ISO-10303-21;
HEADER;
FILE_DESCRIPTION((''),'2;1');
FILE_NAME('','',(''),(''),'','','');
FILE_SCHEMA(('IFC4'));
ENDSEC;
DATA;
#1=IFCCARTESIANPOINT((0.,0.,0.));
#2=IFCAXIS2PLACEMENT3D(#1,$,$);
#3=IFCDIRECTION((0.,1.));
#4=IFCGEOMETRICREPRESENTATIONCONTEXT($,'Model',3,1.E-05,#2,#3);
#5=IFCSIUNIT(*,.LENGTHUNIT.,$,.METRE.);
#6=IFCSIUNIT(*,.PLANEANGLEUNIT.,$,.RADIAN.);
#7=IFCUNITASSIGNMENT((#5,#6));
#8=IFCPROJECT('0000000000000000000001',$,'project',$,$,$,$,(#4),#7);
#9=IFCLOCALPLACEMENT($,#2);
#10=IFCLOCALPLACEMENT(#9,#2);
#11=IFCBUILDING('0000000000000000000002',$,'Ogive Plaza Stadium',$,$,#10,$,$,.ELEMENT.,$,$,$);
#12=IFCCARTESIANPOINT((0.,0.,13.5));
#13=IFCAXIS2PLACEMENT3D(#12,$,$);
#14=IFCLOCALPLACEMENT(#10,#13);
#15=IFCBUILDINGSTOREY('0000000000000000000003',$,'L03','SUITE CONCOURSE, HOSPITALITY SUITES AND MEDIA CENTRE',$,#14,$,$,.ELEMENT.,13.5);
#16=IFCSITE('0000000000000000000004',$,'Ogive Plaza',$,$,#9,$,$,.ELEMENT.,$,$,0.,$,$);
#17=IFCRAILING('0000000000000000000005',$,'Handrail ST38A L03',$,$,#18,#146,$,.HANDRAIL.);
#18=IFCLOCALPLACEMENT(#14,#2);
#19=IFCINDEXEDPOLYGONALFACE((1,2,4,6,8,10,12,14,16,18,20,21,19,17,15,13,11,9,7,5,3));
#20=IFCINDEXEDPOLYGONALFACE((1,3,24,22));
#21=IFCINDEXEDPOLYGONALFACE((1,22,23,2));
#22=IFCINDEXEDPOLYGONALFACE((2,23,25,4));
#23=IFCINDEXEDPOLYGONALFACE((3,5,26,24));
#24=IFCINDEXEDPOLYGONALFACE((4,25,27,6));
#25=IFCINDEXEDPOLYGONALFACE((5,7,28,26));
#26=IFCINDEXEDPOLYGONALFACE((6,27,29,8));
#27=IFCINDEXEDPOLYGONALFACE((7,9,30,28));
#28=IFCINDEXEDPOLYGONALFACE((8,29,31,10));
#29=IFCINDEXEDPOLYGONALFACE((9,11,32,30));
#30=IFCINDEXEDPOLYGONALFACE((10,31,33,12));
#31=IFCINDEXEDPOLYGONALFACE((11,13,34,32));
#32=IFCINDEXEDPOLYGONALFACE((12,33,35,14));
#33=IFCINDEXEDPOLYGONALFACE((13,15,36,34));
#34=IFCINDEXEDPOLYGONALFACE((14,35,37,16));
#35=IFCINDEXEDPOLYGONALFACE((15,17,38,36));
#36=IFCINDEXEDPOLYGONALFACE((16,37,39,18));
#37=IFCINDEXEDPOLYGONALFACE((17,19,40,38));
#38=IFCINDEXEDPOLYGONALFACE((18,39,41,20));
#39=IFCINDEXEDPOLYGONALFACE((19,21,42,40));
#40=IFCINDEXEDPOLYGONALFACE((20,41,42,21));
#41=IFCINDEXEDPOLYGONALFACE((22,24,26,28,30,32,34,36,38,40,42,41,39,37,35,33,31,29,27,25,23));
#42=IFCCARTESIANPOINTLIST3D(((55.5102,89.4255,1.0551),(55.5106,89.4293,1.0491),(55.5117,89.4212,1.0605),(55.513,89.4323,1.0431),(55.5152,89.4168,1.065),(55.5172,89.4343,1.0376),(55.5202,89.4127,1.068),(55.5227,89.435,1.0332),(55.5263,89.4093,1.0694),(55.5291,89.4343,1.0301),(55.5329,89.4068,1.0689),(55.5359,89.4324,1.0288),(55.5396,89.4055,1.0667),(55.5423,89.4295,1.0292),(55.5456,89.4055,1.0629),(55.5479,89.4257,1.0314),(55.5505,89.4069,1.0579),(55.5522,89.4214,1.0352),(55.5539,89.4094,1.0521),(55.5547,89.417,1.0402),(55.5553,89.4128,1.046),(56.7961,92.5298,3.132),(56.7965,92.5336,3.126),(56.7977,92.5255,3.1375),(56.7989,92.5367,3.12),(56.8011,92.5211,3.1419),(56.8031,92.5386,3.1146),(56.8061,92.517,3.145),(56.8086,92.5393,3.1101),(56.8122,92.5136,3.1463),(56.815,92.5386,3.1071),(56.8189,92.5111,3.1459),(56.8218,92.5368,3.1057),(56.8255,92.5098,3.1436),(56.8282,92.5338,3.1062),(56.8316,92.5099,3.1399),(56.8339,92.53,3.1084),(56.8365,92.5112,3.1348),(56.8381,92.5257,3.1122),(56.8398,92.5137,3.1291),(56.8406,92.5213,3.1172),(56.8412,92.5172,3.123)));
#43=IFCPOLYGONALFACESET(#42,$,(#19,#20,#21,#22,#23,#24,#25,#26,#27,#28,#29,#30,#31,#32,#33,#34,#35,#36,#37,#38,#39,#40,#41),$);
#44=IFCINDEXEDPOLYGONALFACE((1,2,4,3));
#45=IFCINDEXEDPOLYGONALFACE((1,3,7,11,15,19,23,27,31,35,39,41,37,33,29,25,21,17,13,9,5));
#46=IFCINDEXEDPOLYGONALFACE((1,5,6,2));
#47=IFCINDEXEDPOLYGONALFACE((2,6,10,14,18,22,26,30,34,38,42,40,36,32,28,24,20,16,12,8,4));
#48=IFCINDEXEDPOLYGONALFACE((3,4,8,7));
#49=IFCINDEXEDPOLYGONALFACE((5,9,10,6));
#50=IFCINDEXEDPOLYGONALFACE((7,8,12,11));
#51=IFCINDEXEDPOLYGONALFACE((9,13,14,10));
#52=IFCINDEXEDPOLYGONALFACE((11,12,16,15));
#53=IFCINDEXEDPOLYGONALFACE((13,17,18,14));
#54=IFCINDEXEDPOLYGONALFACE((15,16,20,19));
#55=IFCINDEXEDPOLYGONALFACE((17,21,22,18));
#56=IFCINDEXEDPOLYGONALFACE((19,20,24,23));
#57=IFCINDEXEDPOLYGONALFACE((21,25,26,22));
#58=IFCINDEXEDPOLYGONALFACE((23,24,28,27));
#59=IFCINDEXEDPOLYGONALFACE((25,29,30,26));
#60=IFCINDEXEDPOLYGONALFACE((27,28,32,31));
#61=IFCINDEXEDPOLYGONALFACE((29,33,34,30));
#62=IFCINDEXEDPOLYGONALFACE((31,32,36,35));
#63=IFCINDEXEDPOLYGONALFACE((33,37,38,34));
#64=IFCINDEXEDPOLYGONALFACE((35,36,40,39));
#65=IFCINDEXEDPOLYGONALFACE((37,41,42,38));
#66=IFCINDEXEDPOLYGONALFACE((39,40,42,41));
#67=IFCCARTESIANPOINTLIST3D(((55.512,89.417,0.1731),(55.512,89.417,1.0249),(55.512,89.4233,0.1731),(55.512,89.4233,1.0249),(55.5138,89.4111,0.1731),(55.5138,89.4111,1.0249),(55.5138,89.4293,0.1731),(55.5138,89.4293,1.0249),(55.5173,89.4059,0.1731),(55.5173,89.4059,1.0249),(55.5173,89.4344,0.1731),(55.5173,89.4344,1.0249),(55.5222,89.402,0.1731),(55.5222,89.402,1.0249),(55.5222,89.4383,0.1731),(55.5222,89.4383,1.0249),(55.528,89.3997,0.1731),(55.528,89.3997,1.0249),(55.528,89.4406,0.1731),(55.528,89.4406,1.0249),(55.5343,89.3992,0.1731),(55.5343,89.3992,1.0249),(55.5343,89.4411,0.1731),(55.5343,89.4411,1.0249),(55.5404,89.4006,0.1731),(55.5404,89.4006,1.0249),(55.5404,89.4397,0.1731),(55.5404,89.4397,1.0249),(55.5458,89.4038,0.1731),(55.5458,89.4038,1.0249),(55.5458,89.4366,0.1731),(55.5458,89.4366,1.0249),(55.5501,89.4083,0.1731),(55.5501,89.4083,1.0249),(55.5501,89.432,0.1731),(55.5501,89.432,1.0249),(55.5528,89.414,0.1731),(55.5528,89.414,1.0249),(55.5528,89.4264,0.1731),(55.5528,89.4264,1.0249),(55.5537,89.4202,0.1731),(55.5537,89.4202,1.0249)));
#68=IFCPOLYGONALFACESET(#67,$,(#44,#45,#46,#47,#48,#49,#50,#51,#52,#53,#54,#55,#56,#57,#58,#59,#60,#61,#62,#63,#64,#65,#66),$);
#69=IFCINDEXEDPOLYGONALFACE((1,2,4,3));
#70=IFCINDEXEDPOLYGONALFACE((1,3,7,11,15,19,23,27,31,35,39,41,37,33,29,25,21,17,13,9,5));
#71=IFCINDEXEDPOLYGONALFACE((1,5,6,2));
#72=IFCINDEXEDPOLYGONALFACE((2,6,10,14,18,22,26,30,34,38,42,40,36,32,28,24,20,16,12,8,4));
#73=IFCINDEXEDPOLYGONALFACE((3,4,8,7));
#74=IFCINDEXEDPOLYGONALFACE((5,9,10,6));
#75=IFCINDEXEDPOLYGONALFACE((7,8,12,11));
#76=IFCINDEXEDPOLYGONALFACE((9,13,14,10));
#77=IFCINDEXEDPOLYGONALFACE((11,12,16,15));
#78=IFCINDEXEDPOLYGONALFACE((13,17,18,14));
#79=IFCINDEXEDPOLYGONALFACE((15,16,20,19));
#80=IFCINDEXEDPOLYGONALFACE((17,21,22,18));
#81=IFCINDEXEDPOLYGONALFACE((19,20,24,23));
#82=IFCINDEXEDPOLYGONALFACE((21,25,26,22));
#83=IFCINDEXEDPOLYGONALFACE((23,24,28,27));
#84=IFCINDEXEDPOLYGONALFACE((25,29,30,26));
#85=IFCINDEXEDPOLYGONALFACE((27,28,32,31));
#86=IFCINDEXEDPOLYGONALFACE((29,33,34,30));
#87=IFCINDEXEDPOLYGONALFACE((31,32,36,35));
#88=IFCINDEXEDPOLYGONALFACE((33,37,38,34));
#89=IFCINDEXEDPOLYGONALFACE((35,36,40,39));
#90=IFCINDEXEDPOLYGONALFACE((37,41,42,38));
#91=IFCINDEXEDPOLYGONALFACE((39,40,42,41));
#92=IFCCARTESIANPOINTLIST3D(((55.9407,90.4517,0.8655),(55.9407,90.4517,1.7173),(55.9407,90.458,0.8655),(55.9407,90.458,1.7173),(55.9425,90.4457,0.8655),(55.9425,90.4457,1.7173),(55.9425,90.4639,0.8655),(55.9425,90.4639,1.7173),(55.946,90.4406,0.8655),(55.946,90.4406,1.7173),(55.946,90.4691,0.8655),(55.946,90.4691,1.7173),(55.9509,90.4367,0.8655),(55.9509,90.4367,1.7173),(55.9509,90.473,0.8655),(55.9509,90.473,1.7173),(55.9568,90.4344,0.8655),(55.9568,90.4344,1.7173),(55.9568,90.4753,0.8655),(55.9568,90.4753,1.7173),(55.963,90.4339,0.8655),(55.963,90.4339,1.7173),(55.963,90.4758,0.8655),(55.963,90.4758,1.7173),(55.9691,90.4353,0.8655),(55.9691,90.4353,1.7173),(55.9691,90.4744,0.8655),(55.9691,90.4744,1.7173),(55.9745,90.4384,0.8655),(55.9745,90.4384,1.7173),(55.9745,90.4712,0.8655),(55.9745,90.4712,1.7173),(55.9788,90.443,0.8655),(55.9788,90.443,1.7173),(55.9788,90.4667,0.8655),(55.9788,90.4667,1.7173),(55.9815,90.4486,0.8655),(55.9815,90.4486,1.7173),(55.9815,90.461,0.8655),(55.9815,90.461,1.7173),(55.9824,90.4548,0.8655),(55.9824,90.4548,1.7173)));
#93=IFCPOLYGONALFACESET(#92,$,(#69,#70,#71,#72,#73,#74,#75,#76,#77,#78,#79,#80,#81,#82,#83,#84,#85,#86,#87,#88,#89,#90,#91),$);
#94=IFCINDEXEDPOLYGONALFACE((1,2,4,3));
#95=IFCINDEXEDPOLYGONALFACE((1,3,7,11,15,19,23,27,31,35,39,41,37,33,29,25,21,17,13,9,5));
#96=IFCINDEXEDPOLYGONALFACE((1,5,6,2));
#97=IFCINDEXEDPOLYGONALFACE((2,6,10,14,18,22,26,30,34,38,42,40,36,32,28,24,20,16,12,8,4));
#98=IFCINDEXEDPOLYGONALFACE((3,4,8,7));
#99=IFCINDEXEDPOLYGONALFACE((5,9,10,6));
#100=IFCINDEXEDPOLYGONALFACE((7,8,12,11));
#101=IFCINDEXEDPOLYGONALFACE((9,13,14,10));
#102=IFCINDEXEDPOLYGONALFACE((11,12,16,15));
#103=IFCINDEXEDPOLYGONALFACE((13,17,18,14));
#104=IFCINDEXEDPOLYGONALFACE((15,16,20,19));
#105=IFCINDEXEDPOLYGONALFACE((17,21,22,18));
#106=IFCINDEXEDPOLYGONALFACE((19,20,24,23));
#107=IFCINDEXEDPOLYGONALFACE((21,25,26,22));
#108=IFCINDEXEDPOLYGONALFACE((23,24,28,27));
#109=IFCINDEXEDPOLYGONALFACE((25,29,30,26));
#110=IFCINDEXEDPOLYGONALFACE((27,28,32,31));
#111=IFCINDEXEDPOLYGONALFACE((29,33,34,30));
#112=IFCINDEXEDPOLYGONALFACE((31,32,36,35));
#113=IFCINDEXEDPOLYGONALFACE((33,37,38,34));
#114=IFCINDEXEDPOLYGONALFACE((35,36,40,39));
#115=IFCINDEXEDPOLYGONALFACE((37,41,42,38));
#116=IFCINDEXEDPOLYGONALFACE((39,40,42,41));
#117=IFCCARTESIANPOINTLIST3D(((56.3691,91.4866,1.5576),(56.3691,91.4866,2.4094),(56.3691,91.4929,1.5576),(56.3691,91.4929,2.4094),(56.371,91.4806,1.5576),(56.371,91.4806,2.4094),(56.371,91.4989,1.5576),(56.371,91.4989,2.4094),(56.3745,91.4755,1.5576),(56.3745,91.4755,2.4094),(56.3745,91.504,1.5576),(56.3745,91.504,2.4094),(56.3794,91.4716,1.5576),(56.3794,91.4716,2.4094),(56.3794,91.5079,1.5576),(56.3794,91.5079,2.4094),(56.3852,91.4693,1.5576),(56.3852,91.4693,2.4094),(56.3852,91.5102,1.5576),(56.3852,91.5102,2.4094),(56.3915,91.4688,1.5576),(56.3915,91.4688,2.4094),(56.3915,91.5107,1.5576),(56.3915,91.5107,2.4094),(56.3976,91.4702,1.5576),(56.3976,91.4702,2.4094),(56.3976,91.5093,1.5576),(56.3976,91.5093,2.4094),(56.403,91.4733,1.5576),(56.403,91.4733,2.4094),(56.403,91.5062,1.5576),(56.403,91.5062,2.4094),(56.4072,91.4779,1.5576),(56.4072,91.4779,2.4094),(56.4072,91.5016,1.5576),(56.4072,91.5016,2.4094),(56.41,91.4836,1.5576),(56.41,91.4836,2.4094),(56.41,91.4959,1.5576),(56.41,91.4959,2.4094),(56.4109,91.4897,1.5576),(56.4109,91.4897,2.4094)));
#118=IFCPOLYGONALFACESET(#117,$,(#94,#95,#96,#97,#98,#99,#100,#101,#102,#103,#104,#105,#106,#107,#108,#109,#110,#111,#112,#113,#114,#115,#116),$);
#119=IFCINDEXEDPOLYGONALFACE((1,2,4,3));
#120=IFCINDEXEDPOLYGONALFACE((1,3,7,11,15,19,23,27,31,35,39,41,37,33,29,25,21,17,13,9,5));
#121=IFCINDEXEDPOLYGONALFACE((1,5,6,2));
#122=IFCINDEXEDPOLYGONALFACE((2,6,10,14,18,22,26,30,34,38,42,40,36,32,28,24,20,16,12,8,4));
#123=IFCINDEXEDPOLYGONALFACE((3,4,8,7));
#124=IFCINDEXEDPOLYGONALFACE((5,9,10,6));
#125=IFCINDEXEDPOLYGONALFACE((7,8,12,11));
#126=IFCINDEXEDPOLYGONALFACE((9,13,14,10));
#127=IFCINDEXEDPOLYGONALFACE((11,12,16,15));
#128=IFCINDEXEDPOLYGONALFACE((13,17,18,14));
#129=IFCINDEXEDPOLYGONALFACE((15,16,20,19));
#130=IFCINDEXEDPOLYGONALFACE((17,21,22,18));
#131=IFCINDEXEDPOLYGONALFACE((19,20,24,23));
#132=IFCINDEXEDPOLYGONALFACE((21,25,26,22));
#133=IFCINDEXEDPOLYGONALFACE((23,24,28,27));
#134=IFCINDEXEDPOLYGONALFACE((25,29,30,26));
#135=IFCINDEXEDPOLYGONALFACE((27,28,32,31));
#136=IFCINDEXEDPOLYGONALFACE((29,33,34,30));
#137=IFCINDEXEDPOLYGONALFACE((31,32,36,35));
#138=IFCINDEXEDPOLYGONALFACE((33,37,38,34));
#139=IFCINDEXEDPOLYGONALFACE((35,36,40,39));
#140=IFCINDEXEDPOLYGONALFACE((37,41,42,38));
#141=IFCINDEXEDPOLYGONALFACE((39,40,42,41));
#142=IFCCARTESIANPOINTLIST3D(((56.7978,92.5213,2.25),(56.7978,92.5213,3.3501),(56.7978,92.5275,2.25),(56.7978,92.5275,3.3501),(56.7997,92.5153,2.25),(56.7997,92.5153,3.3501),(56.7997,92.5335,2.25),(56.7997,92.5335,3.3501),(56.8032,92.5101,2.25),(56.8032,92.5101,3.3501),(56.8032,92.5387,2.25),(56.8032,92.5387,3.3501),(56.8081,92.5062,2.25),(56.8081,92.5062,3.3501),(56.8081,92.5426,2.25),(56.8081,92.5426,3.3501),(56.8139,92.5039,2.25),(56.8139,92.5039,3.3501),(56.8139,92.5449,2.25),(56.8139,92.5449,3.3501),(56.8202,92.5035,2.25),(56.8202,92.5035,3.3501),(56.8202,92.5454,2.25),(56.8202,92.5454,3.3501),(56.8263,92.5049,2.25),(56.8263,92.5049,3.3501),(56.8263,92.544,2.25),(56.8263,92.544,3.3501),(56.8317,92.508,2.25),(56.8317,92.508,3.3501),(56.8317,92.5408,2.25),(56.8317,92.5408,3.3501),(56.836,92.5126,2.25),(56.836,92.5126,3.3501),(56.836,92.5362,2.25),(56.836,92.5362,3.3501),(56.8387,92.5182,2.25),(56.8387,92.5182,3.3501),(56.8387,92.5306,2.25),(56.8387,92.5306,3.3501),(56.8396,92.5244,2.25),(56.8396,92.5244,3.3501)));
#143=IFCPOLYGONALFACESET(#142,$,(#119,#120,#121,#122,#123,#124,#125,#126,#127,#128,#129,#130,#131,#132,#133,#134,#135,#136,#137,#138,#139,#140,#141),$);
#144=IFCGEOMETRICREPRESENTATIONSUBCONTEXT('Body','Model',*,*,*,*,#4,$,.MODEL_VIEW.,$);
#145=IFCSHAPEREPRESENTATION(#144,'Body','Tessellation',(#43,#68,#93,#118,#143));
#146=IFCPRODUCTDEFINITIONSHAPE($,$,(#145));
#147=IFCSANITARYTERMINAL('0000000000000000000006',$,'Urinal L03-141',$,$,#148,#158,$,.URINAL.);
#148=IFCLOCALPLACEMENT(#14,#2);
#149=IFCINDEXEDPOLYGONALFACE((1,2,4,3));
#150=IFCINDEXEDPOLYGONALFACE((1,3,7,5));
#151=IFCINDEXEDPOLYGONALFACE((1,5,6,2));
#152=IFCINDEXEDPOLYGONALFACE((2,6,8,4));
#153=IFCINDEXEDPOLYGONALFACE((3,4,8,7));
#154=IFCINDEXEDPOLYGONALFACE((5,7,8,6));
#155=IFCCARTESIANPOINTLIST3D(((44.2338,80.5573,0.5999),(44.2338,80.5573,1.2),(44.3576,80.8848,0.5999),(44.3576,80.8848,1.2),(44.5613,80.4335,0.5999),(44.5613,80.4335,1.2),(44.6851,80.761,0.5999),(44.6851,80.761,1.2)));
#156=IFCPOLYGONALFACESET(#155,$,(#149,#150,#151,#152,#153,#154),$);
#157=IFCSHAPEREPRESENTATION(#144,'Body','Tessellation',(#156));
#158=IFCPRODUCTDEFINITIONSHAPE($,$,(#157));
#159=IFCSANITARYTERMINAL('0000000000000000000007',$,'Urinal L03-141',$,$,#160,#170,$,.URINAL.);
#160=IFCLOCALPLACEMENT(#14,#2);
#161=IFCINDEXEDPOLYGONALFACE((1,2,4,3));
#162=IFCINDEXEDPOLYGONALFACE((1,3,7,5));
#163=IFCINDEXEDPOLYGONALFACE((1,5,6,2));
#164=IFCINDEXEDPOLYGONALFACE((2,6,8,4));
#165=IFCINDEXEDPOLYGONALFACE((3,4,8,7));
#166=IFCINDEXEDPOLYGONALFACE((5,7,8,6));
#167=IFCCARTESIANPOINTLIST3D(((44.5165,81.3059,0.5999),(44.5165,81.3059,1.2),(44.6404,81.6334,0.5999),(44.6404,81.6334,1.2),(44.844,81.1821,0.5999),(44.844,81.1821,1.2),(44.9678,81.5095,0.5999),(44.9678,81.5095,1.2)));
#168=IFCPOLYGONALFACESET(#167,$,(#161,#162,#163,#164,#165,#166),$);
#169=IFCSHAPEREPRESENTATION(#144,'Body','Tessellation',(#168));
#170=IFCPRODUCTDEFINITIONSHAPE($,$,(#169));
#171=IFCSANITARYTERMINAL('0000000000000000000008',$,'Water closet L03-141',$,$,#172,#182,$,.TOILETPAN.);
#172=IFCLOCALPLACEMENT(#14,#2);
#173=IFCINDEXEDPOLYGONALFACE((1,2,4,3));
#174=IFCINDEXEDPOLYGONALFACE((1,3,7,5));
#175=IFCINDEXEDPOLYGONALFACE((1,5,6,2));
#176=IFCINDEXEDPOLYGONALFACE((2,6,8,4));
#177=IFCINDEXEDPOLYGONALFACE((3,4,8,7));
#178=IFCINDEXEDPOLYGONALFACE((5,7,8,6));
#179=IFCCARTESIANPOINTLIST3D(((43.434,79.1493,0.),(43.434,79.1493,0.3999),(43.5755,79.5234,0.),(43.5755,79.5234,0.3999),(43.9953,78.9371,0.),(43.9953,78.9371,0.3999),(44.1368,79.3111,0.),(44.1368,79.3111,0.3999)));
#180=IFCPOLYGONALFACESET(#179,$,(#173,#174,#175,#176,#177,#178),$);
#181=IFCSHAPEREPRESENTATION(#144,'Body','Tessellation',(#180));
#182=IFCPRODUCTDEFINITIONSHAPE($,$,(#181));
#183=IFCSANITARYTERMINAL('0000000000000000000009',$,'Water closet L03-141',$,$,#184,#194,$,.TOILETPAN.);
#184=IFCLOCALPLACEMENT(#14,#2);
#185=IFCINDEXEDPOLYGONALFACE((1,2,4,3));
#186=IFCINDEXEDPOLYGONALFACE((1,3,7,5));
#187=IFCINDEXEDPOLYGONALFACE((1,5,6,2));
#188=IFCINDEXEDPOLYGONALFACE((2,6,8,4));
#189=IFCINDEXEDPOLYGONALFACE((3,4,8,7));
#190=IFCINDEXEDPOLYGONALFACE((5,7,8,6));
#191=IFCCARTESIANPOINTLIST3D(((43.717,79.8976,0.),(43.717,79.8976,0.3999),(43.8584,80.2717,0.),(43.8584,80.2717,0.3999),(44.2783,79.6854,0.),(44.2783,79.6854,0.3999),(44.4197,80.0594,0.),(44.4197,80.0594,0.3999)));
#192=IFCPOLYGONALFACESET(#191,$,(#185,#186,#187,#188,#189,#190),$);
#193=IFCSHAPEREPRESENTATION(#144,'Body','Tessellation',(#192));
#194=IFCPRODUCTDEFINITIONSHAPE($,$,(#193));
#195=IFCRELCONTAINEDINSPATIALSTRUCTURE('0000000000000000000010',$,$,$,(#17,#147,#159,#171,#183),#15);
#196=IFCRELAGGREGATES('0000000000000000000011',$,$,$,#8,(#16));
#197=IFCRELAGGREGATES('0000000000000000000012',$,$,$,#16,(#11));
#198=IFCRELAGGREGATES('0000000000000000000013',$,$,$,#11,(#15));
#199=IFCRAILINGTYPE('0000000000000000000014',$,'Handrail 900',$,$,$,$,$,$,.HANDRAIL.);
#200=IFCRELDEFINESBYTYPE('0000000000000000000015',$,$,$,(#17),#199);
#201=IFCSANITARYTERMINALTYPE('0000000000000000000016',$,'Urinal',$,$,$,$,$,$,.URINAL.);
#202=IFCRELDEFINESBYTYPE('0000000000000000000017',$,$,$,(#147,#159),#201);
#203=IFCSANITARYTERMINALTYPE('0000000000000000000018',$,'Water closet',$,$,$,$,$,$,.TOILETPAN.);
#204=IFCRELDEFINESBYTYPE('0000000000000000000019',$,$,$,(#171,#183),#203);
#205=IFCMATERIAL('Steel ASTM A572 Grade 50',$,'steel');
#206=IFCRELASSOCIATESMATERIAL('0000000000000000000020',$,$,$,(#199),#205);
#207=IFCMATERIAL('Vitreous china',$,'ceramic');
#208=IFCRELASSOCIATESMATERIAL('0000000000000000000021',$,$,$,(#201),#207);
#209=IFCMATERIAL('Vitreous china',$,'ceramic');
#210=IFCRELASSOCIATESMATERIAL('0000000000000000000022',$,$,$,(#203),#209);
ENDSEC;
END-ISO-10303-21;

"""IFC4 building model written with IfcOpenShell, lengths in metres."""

from ifc_helpers import new_model, si_unit, direction, frame, origin, origin_2d, place, context, subcontext, project, spatial, rectangle, circle, extrude, material, type_object, element, save


model = new_model("IFC4")

# Units and contexts
model_context = context("Model", 3, precision=1e-05, world=origin(), true_north=direction((0.0, 1.0)))
body_context = subcontext(model_context, "Body", "Model", "MODEL_VIEW")
ifc_project = project(units=[si_unit("LENGTHUNIT", "METRE"), si_unit("PLANEANGLEUNIT", "RADIAN")], contexts=[model_context])

# Site, building, storey
site_placement = place(None, origin())
site = spatial("IfcSite", under=ifc_project, at=site_placement, Name="Ogive Plaza", CompositionType="ELEMENT", RefElevation=0.0)
building_placement = place(site_placement, origin())
building = spatial("IfcBuilding", under=site, at=building_placement, Name="Ogive Plaza Stadium", CompositionType="ELEMENT")
storey_placement = place(building_placement, frame((0.0, 0.0, 13.5)))
storey = spatial("IfcBuildingStorey", under=building, at=storey_placement, Name="L03", Description="SUITE CONCOURSE, HOSPITALITY SUITES AND MEDIA CENTRE", CompositionType="ELEMENT", Elevation=13.5)

# Railing
ifc_material_1 = material(Name="Steel ASTM A572 Grade 50", Category="steel")
railing_type = type_object("IfcRailingType", Name="Handrail 900", PredefinedType="HANDRAIL", material=ifc_material_1)
railing_placement = place(storey_placement, frame((55.5327, 89.4202, 0.1731)))
element("IfcRailing", 1, at=railing_placement, inside=storey, type_object=railing_type, Name="Handrail ST38A L03", PredefinedType="HANDRAIL", context=body_context, shape_type="SweptSolid", body=[
    extrude(circle(Radius=0.0239, at=origin_2d()), frame((0.0, 0.0, 0.876), z_axis=(0.325532, 0.785863, 0.525783), x_axis=(-0.923872, 0.3827, 0.0)), (0.0, 0.0, 1.0), 3.9502),
    extrude(circle(Radius=0.021, at=origin_2d()), origin(), (0.0, 0.0, 1.0), 0.8518),
    extrude(circle(Radius=0.021, at=origin_2d()), frame((0.4287, 1.0347, 0.6924)), (0.0, 0.0, 1.0), 0.8518),
    extrude(circle(Radius=0.021, at=origin_2d()), frame((0.8572, 2.0696, 1.3845)), (0.0, 0.0, 1.0), 0.8518),
    extrude(circle(Radius=0.021, at=origin_2d()), frame((1.2859, 3.1042, 2.0769)), (0.0, 0.0, 1.0), 1.1001),
])

# Sanitary terminals
ifc_material_2 = material(Name="Vitreous china", Category="ceramic")
sanitary_terminal_type_1 = type_object("IfcSanitaryTerminalType", Name="Urinal", PredefinedType="URINAL", material=ifc_material_2)
for number, where, z_axis, x_axis, name in (
    (2, (44.4595, 80.6592, 0.5999), (0.0, 0.0, 1.0), (0.353648, 0.935379, 0.0), "Urinal L03-141"),
    (3, (44.7422, 81.4077, 0.5999), (0.0, 0.0, 1.0), (0.353648, 0.935379, 0.0), "Urinal L03-141"),
):
    element("IfcSanitaryTerminal", number, at=place(storey_placement, frame(where, z_axis=z_axis, x_axis=x_axis)), inside=storey, type_object=sanitary_terminal_type_1, Name=name, PredefinedType="URINAL", context=body_context, shape_type="SweptSolid", body=[
        extrude(rectangle(XDim=0.3501, YDim=0.3501, at=origin_2d()), origin(), (0.0, 0.0, 1.0), 0.6001),
    ])
ifc_material_3 = material(Name="Vitreous china", Category="ceramic")
sanitary_terminal_type_2 = type_object("IfcSanitaryTerminalType", Name="Water closet", PredefinedType="TOILETPAN", material=ifc_material_3)
for number, where, z_axis, x_axis, name in (
    (4, (43.7854, 79.2302, 0.0), (0.0, 0.0, 1.0), (0.353648, 0.935379, 0.0), "Water closet L03-141"),
    (5, (44.0684, 79.9785, 0.0), (0.0, 0.0, 1.0), (0.353648, 0.935379, 0.0), "Water closet L03-141"),
):
    element("IfcSanitaryTerminal", number, at=place(storey_placement, frame(where, z_axis=z_axis, x_axis=x_axis)), inside=storey, type_object=sanitary_terminal_type_2, Name=name, PredefinedType="TOILETPAN", context=body_context, shape_type="SweptSolid", body=[
        extrude(rectangle(XDim=0.3999, YDim=0.6001, at=origin_2d()), origin(), (0.0, 0.0, 1.0), 0.3999),
    ])

save(model, "model.ifc")
